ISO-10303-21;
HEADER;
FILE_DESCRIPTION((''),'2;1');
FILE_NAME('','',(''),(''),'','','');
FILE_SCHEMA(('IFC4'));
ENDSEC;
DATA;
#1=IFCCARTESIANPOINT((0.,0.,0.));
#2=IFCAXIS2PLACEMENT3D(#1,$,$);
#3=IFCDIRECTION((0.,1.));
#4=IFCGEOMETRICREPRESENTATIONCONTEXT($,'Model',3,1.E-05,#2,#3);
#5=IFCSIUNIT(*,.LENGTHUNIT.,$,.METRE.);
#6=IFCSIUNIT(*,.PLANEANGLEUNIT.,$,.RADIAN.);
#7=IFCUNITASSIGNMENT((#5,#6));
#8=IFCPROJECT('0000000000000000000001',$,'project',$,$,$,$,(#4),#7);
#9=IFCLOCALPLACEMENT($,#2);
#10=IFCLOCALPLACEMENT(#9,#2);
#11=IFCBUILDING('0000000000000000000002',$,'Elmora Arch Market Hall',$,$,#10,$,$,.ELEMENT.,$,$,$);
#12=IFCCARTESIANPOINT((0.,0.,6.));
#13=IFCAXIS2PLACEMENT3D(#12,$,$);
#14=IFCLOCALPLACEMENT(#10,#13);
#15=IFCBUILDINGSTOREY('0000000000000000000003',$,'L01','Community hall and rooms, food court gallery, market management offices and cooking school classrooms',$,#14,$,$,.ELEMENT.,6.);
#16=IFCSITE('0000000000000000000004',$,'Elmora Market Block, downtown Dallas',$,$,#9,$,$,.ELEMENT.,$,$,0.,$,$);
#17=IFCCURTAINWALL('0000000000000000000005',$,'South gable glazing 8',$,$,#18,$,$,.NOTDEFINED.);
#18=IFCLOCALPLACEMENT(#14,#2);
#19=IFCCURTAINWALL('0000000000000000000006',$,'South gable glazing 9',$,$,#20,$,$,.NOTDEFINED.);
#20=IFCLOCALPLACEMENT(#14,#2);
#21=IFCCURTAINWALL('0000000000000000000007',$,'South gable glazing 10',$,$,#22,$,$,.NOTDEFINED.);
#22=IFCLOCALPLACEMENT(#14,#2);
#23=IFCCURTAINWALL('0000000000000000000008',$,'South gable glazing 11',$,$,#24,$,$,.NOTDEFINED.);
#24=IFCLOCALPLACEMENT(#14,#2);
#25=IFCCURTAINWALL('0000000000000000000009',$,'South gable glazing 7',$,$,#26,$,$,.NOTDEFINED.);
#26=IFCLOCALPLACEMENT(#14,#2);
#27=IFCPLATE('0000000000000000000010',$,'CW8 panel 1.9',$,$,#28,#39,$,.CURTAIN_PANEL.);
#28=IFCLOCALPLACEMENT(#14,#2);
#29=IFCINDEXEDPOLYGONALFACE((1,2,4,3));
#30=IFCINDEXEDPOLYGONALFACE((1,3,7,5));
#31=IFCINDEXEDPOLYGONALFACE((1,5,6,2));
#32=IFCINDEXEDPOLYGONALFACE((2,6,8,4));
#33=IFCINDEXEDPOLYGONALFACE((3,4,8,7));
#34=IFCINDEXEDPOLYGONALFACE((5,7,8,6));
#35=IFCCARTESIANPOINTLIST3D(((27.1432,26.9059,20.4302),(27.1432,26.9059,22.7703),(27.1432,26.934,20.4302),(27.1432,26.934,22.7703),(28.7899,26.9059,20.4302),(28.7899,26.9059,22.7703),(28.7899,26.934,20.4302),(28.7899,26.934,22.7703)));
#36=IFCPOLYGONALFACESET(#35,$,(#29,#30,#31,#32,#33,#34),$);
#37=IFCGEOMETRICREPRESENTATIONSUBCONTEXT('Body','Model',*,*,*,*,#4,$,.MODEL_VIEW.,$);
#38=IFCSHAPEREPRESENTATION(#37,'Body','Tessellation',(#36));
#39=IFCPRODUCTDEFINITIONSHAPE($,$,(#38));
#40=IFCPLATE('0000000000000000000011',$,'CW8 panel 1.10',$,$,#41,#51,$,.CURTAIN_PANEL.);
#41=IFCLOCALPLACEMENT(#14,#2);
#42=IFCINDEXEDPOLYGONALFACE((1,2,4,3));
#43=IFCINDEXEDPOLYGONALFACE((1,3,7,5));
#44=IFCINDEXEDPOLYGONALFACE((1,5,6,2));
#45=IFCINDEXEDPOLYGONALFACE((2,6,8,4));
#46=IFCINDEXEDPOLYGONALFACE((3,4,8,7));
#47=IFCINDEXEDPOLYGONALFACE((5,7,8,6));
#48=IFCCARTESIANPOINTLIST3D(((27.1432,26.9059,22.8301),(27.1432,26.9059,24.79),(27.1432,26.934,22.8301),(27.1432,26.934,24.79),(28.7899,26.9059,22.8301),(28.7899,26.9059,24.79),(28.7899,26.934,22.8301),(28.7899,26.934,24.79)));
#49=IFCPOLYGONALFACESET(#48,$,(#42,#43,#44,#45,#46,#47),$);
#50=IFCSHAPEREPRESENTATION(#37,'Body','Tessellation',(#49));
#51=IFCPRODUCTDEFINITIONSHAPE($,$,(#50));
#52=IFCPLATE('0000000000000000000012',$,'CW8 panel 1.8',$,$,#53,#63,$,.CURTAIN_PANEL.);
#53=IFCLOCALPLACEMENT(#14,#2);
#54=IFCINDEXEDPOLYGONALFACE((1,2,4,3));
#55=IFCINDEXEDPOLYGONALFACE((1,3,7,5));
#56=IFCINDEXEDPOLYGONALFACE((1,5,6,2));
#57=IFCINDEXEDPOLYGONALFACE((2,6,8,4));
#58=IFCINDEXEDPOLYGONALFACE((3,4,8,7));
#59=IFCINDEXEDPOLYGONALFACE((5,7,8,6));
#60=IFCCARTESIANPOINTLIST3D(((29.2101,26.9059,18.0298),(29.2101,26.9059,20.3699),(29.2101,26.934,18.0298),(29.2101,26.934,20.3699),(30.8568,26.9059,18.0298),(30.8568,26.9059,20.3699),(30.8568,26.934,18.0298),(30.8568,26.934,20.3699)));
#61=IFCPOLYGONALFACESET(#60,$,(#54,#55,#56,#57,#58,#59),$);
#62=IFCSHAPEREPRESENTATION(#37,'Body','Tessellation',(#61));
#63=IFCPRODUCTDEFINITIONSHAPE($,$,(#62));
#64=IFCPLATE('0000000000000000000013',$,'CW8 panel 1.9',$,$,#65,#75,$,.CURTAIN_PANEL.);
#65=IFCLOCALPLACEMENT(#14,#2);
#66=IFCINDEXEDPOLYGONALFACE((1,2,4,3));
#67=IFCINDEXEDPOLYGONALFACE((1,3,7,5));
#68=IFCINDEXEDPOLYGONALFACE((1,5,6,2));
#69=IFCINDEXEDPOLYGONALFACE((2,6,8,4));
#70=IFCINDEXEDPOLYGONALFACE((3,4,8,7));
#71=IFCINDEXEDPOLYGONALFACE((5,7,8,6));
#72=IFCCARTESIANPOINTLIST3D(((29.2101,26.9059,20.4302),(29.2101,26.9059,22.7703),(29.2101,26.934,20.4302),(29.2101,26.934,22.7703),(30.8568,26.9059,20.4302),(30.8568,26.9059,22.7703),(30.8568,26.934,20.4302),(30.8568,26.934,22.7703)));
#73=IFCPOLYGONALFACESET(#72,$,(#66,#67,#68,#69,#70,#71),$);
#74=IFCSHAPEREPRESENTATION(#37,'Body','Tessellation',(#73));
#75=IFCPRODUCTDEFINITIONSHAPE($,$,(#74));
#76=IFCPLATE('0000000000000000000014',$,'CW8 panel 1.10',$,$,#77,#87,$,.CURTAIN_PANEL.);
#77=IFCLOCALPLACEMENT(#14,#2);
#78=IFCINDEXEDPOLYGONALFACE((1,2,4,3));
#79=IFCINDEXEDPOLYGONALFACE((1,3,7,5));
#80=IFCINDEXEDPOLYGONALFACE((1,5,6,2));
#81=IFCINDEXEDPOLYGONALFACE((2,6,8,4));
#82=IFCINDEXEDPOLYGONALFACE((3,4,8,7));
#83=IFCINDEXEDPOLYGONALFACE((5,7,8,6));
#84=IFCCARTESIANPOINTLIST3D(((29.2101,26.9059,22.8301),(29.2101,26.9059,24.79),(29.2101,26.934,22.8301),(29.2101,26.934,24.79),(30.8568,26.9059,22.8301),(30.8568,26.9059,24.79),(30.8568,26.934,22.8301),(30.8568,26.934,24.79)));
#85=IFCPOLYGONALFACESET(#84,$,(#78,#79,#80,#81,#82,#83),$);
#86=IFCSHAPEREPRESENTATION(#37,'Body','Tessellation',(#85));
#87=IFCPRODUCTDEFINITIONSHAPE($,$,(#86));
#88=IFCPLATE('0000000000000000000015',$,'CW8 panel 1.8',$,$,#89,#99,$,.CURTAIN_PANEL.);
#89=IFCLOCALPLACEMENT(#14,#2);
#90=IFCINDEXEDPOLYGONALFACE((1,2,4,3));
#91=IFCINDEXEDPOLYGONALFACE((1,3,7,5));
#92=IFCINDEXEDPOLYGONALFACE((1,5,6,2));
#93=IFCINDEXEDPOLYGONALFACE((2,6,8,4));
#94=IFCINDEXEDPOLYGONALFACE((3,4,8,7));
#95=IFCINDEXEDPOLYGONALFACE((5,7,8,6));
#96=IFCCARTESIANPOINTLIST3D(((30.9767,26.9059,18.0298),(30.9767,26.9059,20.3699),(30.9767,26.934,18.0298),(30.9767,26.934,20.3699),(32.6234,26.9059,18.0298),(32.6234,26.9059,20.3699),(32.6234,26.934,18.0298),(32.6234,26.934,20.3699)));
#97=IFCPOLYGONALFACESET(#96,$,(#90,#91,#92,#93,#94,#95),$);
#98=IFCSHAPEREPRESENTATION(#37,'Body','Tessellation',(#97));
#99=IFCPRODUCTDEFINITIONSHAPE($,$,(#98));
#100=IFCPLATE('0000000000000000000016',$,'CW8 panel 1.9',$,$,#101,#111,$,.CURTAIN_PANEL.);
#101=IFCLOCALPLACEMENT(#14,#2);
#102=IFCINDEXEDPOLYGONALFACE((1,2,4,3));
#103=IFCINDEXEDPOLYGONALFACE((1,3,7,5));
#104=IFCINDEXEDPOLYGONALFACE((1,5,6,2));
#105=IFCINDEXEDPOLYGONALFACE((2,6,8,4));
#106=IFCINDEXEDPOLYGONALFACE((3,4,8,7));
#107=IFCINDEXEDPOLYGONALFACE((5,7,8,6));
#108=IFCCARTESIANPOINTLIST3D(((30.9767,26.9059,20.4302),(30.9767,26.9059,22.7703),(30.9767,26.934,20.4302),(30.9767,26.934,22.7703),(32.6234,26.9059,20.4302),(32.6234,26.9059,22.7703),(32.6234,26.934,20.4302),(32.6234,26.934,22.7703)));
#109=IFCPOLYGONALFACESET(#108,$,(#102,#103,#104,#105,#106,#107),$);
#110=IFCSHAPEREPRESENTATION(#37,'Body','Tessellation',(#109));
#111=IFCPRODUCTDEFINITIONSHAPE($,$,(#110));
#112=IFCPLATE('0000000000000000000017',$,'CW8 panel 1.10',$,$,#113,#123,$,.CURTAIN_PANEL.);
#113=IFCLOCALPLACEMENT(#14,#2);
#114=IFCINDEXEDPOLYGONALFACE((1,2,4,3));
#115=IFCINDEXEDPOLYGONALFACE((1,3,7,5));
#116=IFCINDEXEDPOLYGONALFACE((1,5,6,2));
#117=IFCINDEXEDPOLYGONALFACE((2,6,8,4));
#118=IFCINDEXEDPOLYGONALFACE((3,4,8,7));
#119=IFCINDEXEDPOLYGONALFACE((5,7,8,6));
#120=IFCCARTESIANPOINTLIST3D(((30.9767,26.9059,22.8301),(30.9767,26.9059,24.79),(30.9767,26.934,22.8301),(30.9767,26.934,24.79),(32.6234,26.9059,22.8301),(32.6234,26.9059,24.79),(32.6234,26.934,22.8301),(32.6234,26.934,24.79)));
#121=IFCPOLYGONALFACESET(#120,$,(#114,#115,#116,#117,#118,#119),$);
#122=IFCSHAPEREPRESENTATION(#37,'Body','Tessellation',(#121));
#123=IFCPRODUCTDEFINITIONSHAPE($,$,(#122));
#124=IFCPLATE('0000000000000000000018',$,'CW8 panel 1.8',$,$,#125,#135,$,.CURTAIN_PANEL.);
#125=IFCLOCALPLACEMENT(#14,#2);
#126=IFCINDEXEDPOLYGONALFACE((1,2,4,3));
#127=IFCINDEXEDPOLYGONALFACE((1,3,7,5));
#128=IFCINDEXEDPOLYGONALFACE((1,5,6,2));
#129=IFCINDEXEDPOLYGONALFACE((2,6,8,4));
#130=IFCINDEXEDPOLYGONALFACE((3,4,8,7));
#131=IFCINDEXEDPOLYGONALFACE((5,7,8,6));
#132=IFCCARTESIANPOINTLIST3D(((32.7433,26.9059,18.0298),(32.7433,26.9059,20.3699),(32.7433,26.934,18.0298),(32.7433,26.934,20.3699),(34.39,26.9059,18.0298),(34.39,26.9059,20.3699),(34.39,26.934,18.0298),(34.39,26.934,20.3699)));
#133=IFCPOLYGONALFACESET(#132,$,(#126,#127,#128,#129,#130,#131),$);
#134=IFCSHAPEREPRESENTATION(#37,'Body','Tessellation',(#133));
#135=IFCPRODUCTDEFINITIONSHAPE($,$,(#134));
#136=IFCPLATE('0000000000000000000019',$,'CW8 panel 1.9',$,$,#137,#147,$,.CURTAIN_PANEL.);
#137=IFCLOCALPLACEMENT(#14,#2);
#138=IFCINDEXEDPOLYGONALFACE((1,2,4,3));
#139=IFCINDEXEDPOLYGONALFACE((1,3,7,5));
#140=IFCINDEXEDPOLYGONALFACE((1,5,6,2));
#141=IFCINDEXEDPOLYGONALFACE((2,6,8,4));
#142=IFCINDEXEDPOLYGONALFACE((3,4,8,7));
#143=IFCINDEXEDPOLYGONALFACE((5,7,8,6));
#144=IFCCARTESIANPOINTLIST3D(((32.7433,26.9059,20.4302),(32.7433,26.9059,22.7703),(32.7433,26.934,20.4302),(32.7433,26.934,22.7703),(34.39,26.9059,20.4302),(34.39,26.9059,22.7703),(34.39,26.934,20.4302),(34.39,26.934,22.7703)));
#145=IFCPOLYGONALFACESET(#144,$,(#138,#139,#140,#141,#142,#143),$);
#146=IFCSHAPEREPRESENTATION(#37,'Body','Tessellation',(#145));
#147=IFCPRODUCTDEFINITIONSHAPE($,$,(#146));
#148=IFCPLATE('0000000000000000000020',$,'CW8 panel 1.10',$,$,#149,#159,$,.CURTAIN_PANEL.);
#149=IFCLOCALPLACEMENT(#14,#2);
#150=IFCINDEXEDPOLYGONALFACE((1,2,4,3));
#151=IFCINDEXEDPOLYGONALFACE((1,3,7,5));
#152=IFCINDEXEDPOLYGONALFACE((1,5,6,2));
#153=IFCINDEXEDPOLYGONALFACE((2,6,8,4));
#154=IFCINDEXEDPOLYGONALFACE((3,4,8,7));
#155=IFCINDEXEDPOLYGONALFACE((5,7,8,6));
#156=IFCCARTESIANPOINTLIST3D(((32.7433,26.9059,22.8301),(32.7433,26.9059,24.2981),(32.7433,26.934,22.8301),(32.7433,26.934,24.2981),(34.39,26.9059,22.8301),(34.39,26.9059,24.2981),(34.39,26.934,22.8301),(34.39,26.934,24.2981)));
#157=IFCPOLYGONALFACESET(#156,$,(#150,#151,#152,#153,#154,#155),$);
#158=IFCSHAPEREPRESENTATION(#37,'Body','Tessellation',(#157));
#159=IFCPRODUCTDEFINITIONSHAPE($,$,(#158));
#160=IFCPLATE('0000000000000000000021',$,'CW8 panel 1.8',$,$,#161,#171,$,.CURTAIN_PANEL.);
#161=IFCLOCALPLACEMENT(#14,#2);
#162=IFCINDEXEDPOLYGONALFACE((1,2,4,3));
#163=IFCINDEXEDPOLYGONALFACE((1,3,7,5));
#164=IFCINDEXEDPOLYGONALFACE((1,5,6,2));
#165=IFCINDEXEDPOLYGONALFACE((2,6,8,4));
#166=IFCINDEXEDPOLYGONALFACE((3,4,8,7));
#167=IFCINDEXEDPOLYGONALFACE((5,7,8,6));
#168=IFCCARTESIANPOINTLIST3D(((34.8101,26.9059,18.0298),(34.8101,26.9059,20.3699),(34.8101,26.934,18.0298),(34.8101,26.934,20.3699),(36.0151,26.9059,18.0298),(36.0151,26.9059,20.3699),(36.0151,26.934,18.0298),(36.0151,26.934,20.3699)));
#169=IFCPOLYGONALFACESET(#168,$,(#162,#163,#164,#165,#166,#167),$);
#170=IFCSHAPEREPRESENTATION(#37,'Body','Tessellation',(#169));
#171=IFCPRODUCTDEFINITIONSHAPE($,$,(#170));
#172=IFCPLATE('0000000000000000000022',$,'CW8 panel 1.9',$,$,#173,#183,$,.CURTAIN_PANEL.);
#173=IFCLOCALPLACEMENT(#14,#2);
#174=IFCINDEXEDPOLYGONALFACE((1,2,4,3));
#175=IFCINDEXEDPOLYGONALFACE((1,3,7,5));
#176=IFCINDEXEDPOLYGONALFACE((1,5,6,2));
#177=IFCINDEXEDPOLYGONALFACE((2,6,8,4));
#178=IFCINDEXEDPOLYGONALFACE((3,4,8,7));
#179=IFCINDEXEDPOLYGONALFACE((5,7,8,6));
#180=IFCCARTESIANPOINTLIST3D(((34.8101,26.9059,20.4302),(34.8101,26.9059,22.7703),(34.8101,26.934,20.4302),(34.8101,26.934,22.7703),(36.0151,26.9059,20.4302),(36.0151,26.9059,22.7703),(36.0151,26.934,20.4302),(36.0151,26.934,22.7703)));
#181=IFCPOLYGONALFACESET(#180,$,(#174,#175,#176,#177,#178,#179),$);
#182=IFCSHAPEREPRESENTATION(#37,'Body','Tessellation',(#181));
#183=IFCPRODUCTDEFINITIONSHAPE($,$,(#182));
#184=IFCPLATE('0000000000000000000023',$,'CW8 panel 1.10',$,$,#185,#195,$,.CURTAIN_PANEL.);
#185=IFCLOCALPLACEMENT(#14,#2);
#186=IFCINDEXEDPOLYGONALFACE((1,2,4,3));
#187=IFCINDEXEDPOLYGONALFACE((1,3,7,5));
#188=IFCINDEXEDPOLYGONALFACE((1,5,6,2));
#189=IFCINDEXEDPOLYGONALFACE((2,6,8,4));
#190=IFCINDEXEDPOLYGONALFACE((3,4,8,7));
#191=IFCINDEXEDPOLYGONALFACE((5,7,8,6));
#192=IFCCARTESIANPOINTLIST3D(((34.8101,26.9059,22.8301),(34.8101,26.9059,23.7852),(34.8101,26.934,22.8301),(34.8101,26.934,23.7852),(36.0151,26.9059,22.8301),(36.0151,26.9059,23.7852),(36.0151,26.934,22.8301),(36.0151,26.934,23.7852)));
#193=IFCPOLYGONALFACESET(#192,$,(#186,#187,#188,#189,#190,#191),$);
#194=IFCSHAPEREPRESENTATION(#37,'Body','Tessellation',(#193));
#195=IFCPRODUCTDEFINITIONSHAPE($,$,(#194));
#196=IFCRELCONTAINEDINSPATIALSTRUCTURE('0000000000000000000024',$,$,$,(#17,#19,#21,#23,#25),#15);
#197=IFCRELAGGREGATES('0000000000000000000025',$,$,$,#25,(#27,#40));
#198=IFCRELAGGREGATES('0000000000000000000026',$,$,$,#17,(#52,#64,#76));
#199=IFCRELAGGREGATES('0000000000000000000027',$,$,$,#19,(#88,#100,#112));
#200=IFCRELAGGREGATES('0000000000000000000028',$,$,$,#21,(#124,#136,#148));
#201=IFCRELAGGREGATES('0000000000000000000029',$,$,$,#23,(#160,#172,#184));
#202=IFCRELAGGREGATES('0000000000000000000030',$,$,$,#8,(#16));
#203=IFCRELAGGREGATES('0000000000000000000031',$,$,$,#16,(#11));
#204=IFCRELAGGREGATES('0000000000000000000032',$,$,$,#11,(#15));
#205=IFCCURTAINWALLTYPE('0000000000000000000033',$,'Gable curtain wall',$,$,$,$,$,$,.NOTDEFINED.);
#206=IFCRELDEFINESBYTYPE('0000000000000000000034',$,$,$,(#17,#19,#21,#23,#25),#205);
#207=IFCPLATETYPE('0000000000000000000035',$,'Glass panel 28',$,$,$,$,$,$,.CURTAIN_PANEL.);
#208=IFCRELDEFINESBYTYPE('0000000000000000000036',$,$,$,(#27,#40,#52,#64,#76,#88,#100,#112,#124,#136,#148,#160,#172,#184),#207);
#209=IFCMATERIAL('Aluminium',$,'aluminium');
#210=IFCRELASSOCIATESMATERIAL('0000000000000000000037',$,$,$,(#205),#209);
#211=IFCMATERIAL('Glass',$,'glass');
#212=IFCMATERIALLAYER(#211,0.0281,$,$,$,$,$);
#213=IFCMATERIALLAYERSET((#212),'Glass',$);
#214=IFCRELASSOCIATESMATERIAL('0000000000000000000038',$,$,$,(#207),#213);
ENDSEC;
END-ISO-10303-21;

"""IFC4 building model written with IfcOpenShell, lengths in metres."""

from ifc_helpers import new_model, si_unit, direction, frame, origin, origin_2d, place, context, subcontext, project, spatial, rectangle, extrude, material, layer, layer_set, type_object, element, aggregate, save


model = new_model("IFC4")

# Units and contexts
model_context = context("Model", 3, precision=1e-05, world=origin(), true_north=direction((0.0, 1.0)))
body_context = subcontext(model_context, "Body", "Model", "MODEL_VIEW")
ifc_project = project(units=[si_unit("LENGTHUNIT", "METRE"), si_unit("PLANEANGLEUNIT", "RADIAN")], contexts=[model_context])

# Site, building, storey
site_placement = place(None, origin())
site = spatial("IfcSite", under=ifc_project, at=site_placement, Name="Elmora Market Block, downtown Dallas", CompositionType="ELEMENT", RefElevation=0.0)
building_placement = place(site_placement, origin())
building = spatial("IfcBuilding", under=site, at=building_placement, Name="Elmora Arch Market Hall", CompositionType="ELEMENT")
storey_placement = place(building_placement, frame((0.0, 0.0, 6.0)))
storey = spatial("IfcBuildingStorey", under=building, at=storey_placement, Name="L01", Description="Community hall and rooms, food court gallery, market management offices and cooking school classrooms", CompositionType="ELEMENT", Elevation=6.0)

# Curtain walls
ifc_material_1 = material(Name="Aluminium", Category="aluminium")
curtain_wall_type = type_object("IfcCurtainWallType", Name="Gable curtain wall", PredefinedType="NOTDEFINED", material=ifc_material_1)
curtain_wall_1_placement = place(storey_placement, origin())
curtain_wall_1 = element("IfcCurtainWall", 1, at=curtain_wall_1_placement, inside=storey, type_object=curtain_wall_type, Name="South gable glazing 8", PredefinedType="NOTDEFINED")
curtain_wall_2_placement = place(storey_placement, origin())
curtain_wall_2 = element("IfcCurtainWall", 2, at=curtain_wall_2_placement, inside=storey, type_object=curtain_wall_type, Name="South gable glazing 9", PredefinedType="NOTDEFINED")
curtain_wall_3_placement = place(storey_placement, origin())
curtain_wall_3 = element("IfcCurtainWall", 3, at=curtain_wall_3_placement, inside=storey, type_object=curtain_wall_type, Name="South gable glazing 10", PredefinedType="NOTDEFINED")
curtain_wall_4_placement = place(storey_placement, origin())
curtain_wall_4 = element("IfcCurtainWall", 4, at=curtain_wall_4_placement, inside=storey, type_object=curtain_wall_type, Name="South gable glazing 11", PredefinedType="NOTDEFINED")

# Curtain wall, plates
curtain_wall_5_placement = place(storey_placement, origin())
curtain_wall_5 = element("IfcCurtainWall", 5, at=curtain_wall_5_placement, inside=storey, type_object=curtain_wall_type, Name="South gable glazing 7", PredefinedType="NOTDEFINED")
ifc_material_2 = material(Name="Glass", Category="glass")
ifc_layer = layer(ifc_material_2, 0.0281)
ifc_layer_set = layer_set([ifc_layer], Name="Glass")
plate_type = type_object("IfcPlateType", Name="Glass panel 28", PredefinedType="CURTAIN_PANEL", material=ifc_layer_set)
plate_1_placement = place(storey_placement, frame((27.9666, 26.9199, 20.4302), z_axis=(0.0, 0.0, 1.0), x_axis=(1.0, 0.0, 0.0)))
plate_1 = element("IfcPlate", 6, at=plate_1_placement, type_object=plate_type, Name="CW8 panel 1.9", PredefinedType="CURTAIN_PANEL", context=body_context, shape_type="SweptSolid", body=[
    extrude(rectangle(XDim=1.6467, YDim=0.0281, at=origin_2d()), origin(), (0.0, 0.0, 1.0), 2.3401),
])
plate_2_placement = place(storey_placement, frame((27.9666, 26.9199, 22.8301), z_axis=(0.0, 0.0, 1.0), x_axis=(1.0, 0.0, 0.0)))
plate_2 = element("IfcPlate", 7, at=plate_2_placement, type_object=plate_type, Name="CW8 panel 1.10", PredefinedType="CURTAIN_PANEL", context=body_context, shape_type="SweptSolid", body=[
    extrude(rectangle(XDim=1.6467, YDim=0.0281, at=origin_2d()), origin(), (0.0, 0.0, 1.0), 1.96),
])
aggregate(curtain_wall_5, [plate_1, plate_2])

# Plates
plate_3_placement = place(storey_placement, frame((30.0334, 26.9199, 18.0298), z_axis=(0.0, 0.0, 1.0), x_axis=(1.0, 0.0, 0.0)))
plate_3 = element("IfcPlate", 8, at=plate_3_placement, type_object=plate_type, Name="CW8 panel 1.8", PredefinedType="CURTAIN_PANEL", context=body_context, shape_type="SweptSolid", body=[
    extrude(rectangle(XDim=1.6467, YDim=0.0281, at=origin_2d()), origin(), (0.0, 0.0, 1.0), 2.3401),
])
plate_4_placement = place(storey_placement, frame((30.0334, 26.9199, 20.4302), z_axis=(0.0, 0.0, 1.0), x_axis=(1.0, 0.0, 0.0)))
plate_4 = element("IfcPlate", 9, at=plate_4_placement, type_object=plate_type, Name="CW8 panel 1.9", PredefinedType="CURTAIN_PANEL", context=body_context, shape_type="SweptSolid", body=[
    extrude(rectangle(XDim=1.6467, YDim=0.0281, at=origin_2d()), origin(), (0.0, 0.0, 1.0), 2.3401),
])
plate_5_placement = place(storey_placement, frame((30.0334, 26.9199, 22.8301), z_axis=(0.0, 0.0, 1.0), x_axis=(1.0, 0.0, 0.0)))
plate_5 = element("IfcPlate", 10, at=plate_5_placement, type_object=plate_type, Name="CW8 panel 1.10", PredefinedType="CURTAIN_PANEL", context=body_context, shape_type="SweptSolid", body=[
    extrude(rectangle(XDim=1.6467, YDim=0.0281, at=origin_2d()), origin(), (0.0, 0.0, 1.0), 1.96),
])
aggregate(curtain_wall_1, [plate_3, plate_4, plate_5])
plate_6_placement = place(storey_placement, frame((31.8, 26.9199, 18.0298), z_axis=(0.0, 0.0, 1.0), x_axis=(1.0, 0.0, 0.0)))
plate_6 = element("IfcPlate", 11, at=plate_6_placement, type_object=plate_type, Name="CW8 panel 1.8", PredefinedType="CURTAIN_PANEL", context=body_context, shape_type="SweptSolid", body=[
    extrude(rectangle(XDim=1.6467, YDim=0.0281, at=origin_2d()), origin(), (0.0, 0.0, 1.0), 2.3401),
])
plate_7_placement = place(storey_placement, frame((31.8, 26.9199, 20.4302), z_axis=(0.0, 0.0, 1.0), x_axis=(1.0, 0.0, 0.0)))
plate_7 = element("IfcPlate", 12, at=plate_7_placement, type_object=plate_type, Name="CW8 panel 1.9", PredefinedType="CURTAIN_PANEL", context=body_context, shape_type="SweptSolid", body=[
    extrude(rectangle(XDim=1.6467, YDim=0.0281, at=origin_2d()), origin(), (0.0, 0.0, 1.0), 2.3401),
])
plate_8_placement = place(storey_placement, frame((31.8, 26.9199, 22.8301), z_axis=(0.0, 0.0, 1.0), x_axis=(1.0, 0.0, 0.0)))
plate_8 = element("IfcPlate", 13, at=plate_8_placement, type_object=plate_type, Name="CW8 panel 1.10", PredefinedType="CURTAIN_PANEL", context=body_context, shape_type="SweptSolid", body=[
    extrude(rectangle(XDim=1.6467, YDim=0.0281, at=origin_2d()), origin(), (0.0, 0.0, 1.0), 1.96),
])
aggregate(curtain_wall_2, [plate_6, plate_7, plate_8])
plate_9_placement = place(storey_placement, frame((33.5667, 26.9199, 18.0298), z_axis=(0.0, 0.0, 1.0), x_axis=(1.0, 0.0, 0.0)))
plate_9 = element("IfcPlate", 14, at=plate_9_placement, type_object=plate_type, Name="CW8 panel 1.8", PredefinedType="CURTAIN_PANEL", context=body_context, shape_type="SweptSolid", body=[
    extrude(rectangle(XDim=1.6467, YDim=0.0281, at=origin_2d()), origin(), (0.0, 0.0, 1.0), 2.3401),
])
plate_10_placement = place(storey_placement, frame((33.5667, 26.9199, 20.4302), z_axis=(0.0, 0.0, 1.0), x_axis=(1.0, 0.0, 0.0)))
plate_10 = element("IfcPlate", 15, at=plate_10_placement, type_object=plate_type, Name="CW8 panel 1.9", PredefinedType="CURTAIN_PANEL", context=body_context, shape_type="SweptSolid", body=[
    extrude(rectangle(XDim=1.6467, YDim=0.0281, at=origin_2d()), origin(), (0.0, 0.0, 1.0), 2.3401),
])
plate_11_placement = place(storey_placement, frame((33.5667, 26.9199, 22.8301), z_axis=(0.0, 0.0, 1.0), x_axis=(1.0, 0.0, 0.0)))
plate_11 = element("IfcPlate", 16, at=plate_11_placement, type_object=plate_type, Name="CW8 panel 1.10", PredefinedType="CURTAIN_PANEL", context=body_context, shape_type="SweptSolid", body=[
    extrude(rectangle(XDim=1.6467, YDim=0.0281, at=origin_2d()), origin(), (0.0, 0.0, 1.0), 1.468),
])
aggregate(curtain_wall_3, [plate_9, plate_10, plate_11])
plate_12_placement = place(storey_placement, frame((35.4126, 26.9199, 18.0298), z_axis=(0.0, 0.0, 1.0), x_axis=(1.0, 0.0, 0.0)))
plate_12 = element("IfcPlate", 17, at=plate_12_placement, type_object=plate_type, Name="CW8 panel 1.8", PredefinedType="CURTAIN_PANEL", context=body_context, shape_type="SweptSolid", body=[
    extrude(rectangle(XDim=1.2051, YDim=0.0281, at=origin_2d()), origin(), (0.0, 0.0, 1.0), 2.3401),
])
plate_13_placement = place(storey_placement, frame((35.4126, 26.9199, 20.4302), z_axis=(0.0, 0.0, 1.0), x_axis=(1.0, 0.0, 0.0)))
plate_13 = element("IfcPlate", 18, at=plate_13_placement, type_object=plate_type, Name="CW8 panel 1.9", PredefinedType="CURTAIN_PANEL", context=body_context, shape_type="SweptSolid", body=[
    extrude(rectangle(XDim=1.2051, YDim=0.0281, at=origin_2d()), origin(), (0.0, 0.0, 1.0), 2.3401),
])
plate_14_placement = place(storey_placement, frame((35.4126, 26.9199, 22.8301), z_axis=(0.0, 0.0, 1.0), x_axis=(1.0, 0.0, 0.0)))
plate_14 = element("IfcPlate", 19, at=plate_14_placement, type_object=plate_type, Name="CW8 panel 1.10", PredefinedType="CURTAIN_PANEL", context=body_context, shape_type="SweptSolid", body=[
    extrude(rectangle(XDim=1.2051, YDim=0.0281, at=origin_2d()), origin(), (0.0, 0.0, 1.0), 0.9551),
])
aggregate(curtain_wall_4, [plate_12, plate_13, plate_14])

save(model, "model.ifc")
